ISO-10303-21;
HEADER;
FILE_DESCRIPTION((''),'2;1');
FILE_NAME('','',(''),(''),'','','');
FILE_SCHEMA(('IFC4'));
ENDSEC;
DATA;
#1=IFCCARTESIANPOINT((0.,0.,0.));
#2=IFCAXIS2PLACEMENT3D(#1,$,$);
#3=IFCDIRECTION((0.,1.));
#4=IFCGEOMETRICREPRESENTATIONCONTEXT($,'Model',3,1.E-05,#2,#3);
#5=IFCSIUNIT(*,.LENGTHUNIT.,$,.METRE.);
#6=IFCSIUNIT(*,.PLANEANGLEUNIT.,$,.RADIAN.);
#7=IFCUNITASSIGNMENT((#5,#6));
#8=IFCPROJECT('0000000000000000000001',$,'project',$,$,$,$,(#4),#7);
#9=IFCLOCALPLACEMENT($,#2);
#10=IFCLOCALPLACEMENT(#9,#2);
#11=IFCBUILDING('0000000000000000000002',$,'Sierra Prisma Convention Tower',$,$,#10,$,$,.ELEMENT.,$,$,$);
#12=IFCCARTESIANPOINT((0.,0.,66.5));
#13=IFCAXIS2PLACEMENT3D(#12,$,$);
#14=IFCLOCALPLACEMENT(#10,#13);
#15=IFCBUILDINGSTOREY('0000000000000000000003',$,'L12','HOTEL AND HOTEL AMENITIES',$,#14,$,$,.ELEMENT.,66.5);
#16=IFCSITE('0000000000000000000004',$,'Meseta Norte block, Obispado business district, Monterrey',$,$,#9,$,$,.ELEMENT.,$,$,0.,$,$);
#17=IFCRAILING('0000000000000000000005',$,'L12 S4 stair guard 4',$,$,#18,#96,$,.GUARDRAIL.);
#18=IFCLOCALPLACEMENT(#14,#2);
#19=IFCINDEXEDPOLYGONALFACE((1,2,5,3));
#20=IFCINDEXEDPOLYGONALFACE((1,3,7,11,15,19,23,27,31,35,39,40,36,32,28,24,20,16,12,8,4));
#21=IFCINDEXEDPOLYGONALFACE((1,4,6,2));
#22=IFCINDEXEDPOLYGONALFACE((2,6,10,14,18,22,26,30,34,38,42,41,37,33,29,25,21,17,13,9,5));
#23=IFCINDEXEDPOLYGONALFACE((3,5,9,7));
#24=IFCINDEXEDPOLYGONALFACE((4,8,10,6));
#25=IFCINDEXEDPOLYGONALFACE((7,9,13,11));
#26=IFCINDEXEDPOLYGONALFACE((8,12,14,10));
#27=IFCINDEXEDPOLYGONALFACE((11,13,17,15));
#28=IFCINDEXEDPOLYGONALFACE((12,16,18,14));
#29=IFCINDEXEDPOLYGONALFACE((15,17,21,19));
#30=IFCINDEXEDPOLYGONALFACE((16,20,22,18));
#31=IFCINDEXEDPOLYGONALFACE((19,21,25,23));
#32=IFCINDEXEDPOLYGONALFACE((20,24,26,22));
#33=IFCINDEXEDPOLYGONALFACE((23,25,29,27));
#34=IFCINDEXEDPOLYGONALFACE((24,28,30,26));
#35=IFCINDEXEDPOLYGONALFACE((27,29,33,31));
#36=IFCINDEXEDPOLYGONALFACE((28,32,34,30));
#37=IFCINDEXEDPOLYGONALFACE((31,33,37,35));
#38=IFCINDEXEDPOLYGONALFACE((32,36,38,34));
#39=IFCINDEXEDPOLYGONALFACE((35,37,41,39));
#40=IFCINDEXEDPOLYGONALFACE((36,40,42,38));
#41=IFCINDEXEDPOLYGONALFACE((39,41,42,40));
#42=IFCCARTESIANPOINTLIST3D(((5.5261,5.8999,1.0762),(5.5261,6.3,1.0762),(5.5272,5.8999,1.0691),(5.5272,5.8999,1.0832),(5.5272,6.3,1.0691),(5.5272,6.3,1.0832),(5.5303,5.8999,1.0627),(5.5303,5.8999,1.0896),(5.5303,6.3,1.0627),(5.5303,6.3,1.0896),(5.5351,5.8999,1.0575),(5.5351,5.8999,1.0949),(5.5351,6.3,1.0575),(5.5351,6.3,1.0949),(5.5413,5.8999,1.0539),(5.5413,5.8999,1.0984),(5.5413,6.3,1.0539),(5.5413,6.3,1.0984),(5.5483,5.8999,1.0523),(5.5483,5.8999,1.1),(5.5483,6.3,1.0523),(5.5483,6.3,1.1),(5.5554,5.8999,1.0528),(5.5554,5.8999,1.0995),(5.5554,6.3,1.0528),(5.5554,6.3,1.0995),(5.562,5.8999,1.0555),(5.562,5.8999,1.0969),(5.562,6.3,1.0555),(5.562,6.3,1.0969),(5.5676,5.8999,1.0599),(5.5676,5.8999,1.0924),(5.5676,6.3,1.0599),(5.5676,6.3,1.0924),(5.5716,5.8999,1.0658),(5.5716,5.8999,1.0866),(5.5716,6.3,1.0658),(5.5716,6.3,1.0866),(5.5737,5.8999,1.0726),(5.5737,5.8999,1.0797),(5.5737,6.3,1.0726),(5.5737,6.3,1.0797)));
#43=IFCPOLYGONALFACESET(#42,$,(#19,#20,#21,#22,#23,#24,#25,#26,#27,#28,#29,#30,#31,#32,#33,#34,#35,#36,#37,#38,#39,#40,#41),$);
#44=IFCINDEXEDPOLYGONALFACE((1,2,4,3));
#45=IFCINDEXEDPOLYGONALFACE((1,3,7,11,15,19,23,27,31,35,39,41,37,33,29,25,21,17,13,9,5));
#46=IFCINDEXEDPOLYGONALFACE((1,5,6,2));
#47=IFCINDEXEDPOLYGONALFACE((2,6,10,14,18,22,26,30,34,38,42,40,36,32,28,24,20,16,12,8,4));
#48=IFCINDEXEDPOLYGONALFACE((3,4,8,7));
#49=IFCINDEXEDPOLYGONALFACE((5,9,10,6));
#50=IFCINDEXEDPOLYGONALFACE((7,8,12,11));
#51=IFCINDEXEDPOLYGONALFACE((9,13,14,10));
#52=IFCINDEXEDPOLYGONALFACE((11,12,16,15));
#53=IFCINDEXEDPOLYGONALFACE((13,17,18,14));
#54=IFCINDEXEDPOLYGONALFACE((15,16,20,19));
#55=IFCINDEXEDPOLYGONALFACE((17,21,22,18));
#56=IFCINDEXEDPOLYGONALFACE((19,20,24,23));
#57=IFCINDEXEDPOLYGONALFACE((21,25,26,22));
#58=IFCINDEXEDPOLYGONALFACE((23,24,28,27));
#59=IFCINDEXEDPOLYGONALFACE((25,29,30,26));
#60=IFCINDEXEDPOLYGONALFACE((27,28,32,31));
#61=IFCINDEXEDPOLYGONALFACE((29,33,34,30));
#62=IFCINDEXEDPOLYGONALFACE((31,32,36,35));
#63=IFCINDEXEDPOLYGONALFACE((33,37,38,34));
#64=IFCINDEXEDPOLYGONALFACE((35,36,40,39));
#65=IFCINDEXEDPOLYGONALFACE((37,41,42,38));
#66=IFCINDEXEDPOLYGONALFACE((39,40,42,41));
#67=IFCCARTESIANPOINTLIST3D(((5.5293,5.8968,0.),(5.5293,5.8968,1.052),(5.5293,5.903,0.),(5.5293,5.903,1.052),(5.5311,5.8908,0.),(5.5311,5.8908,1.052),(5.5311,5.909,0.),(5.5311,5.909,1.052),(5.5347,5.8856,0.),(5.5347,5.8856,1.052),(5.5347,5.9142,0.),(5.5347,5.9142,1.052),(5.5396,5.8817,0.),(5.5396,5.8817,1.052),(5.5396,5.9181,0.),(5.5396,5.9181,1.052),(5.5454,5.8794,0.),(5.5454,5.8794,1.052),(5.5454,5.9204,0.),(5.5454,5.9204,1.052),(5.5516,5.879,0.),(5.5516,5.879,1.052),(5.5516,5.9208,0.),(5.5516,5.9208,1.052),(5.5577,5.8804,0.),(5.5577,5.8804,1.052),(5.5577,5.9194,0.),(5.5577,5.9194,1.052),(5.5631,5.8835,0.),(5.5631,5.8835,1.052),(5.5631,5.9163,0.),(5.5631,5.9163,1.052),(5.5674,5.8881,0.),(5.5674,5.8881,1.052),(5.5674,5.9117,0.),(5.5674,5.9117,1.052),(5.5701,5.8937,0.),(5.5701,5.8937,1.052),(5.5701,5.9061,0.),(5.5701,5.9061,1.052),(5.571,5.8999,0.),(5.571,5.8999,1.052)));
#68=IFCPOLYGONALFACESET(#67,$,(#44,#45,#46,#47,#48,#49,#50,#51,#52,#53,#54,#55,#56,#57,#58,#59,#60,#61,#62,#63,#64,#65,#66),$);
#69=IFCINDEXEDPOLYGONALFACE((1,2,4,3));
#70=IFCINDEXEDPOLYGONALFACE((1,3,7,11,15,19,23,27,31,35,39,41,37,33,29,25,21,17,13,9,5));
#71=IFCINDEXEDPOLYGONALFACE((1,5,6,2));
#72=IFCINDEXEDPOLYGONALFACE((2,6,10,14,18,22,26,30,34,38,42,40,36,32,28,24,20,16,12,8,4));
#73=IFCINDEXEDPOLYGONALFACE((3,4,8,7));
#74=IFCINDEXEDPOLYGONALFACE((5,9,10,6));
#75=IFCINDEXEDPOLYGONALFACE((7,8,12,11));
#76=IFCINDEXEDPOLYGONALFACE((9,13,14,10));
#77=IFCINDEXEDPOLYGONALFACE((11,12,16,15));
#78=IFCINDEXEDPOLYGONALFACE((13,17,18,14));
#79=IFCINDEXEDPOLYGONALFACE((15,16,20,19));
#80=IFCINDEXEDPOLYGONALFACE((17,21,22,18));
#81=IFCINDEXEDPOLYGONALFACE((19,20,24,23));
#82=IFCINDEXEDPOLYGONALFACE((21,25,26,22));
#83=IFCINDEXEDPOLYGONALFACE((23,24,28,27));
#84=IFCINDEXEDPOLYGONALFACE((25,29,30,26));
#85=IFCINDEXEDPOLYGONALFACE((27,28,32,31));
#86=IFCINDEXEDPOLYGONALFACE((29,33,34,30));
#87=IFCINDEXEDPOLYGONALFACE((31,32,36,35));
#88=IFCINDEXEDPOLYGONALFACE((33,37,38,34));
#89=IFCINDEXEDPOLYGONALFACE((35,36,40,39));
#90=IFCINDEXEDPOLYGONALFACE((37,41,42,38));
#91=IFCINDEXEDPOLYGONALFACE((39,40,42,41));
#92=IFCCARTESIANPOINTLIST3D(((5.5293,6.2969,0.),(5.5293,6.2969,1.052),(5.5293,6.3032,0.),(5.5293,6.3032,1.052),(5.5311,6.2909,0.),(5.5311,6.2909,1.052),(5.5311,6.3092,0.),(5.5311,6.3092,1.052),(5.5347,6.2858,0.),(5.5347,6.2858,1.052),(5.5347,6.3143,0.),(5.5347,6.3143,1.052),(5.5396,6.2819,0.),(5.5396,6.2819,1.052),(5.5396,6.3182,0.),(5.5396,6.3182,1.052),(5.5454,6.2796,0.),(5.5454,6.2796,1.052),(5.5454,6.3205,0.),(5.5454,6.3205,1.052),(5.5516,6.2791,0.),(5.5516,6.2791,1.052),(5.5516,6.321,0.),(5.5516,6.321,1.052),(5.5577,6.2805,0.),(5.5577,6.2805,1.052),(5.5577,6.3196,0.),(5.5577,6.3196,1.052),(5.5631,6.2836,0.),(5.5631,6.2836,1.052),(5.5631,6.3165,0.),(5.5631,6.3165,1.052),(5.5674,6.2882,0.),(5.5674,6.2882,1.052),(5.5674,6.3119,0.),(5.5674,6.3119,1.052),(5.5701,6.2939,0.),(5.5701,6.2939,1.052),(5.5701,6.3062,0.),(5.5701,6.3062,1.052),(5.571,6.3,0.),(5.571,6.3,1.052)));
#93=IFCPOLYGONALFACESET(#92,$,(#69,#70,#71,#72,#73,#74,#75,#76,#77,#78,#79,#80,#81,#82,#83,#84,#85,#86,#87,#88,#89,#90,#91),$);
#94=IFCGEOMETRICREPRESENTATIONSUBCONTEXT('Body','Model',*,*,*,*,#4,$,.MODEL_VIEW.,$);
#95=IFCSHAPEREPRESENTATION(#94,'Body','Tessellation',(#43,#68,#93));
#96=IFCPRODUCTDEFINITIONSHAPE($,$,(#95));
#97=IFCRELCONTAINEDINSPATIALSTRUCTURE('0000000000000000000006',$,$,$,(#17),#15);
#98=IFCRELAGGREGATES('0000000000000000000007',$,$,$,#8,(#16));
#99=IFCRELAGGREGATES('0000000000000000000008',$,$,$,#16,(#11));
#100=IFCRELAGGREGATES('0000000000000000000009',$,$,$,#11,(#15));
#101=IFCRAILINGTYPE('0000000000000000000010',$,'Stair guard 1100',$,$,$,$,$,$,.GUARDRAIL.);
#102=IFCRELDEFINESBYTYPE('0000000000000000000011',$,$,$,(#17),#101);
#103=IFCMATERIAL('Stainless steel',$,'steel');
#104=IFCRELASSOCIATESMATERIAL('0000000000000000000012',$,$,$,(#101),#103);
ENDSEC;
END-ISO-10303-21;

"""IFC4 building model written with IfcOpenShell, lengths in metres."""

from ifc_helpers import new_model, si_unit, direction, frame, origin, origin_2d, place, context, subcontext, project, spatial, circle, extrude, material, type_object, element, save


model = new_model("IFC4")

# Units and contexts
model_context = context("Model", 3, precision=1e-05, world=origin(), true_north=direction((0.0, 1.0)))
body_context = subcontext(model_context, "Body", "Model", "MODEL_VIEW")
ifc_project = project(units=[si_unit("LENGTHUNIT", "METRE"), si_unit("PLANEANGLEUNIT", "RADIAN")], contexts=[model_context])

# Site, building, storey
site_placement = place(None, origin())
site = spatial("IfcSite", under=ifc_project, at=site_placement, Name="Meseta Norte block, Obispado business district, Monterrey", CompositionType="ELEMENT", RefElevation=0.0)
building_placement = place(site_placement, origin())
building = spatial("IfcBuilding", under=site, at=building_placement, Name="Sierra Prisma Convention Tower", CompositionType="ELEMENT")
storey_placement = place(building_placement, frame((0.0, 0.0, 66.5)))
storey = spatial("IfcBuildingStorey", under=building, at=storey_placement, Name="L12", Description="HOTEL AND HOTEL AMENITIES", CompositionType="ELEMENT", Elevation=66.5)

# Railing
ifc_material_1 = material(Name="Stainless steel", Category="steel")
railing_type_1 = type_object("IfcRailingType", Name="Stair guard 1100", PredefinedType="GUARDRAIL", material=ifc_material_1)
railing_1_placement = place(storey_placement, frame((5.55, 5.8999, 0.0)))
element("IfcRailing", 1, at=railing_1_placement, inside=storey, type_object=railing_type_1, Name="L12 S4 stair guard 4", PredefinedType="GUARDRAIL", context=body_context, shape_type="SweptSolid", body=[
    extrude(circle(Radius=0.0239, at=origin_2d()), frame((0.0, 0.0, 1.0762), z_axis=(0.0, 1.0, 0.0), x_axis=(-1.0, 0.0, 0.0)), (0.0, 0.0, 1.0), 0.4001),
    extrude(circle(Radius=0.021, at=origin_2d()), origin(), (0.0, 0.0, 1.0), 1.052),
    extrude(circle(Radius=0.021, at=origin_2d()), frame((0.0, 0.4001, 0.0)), (0.0, 0.0, 1.0), 1.052),
])

save(model, "model.ifc")
